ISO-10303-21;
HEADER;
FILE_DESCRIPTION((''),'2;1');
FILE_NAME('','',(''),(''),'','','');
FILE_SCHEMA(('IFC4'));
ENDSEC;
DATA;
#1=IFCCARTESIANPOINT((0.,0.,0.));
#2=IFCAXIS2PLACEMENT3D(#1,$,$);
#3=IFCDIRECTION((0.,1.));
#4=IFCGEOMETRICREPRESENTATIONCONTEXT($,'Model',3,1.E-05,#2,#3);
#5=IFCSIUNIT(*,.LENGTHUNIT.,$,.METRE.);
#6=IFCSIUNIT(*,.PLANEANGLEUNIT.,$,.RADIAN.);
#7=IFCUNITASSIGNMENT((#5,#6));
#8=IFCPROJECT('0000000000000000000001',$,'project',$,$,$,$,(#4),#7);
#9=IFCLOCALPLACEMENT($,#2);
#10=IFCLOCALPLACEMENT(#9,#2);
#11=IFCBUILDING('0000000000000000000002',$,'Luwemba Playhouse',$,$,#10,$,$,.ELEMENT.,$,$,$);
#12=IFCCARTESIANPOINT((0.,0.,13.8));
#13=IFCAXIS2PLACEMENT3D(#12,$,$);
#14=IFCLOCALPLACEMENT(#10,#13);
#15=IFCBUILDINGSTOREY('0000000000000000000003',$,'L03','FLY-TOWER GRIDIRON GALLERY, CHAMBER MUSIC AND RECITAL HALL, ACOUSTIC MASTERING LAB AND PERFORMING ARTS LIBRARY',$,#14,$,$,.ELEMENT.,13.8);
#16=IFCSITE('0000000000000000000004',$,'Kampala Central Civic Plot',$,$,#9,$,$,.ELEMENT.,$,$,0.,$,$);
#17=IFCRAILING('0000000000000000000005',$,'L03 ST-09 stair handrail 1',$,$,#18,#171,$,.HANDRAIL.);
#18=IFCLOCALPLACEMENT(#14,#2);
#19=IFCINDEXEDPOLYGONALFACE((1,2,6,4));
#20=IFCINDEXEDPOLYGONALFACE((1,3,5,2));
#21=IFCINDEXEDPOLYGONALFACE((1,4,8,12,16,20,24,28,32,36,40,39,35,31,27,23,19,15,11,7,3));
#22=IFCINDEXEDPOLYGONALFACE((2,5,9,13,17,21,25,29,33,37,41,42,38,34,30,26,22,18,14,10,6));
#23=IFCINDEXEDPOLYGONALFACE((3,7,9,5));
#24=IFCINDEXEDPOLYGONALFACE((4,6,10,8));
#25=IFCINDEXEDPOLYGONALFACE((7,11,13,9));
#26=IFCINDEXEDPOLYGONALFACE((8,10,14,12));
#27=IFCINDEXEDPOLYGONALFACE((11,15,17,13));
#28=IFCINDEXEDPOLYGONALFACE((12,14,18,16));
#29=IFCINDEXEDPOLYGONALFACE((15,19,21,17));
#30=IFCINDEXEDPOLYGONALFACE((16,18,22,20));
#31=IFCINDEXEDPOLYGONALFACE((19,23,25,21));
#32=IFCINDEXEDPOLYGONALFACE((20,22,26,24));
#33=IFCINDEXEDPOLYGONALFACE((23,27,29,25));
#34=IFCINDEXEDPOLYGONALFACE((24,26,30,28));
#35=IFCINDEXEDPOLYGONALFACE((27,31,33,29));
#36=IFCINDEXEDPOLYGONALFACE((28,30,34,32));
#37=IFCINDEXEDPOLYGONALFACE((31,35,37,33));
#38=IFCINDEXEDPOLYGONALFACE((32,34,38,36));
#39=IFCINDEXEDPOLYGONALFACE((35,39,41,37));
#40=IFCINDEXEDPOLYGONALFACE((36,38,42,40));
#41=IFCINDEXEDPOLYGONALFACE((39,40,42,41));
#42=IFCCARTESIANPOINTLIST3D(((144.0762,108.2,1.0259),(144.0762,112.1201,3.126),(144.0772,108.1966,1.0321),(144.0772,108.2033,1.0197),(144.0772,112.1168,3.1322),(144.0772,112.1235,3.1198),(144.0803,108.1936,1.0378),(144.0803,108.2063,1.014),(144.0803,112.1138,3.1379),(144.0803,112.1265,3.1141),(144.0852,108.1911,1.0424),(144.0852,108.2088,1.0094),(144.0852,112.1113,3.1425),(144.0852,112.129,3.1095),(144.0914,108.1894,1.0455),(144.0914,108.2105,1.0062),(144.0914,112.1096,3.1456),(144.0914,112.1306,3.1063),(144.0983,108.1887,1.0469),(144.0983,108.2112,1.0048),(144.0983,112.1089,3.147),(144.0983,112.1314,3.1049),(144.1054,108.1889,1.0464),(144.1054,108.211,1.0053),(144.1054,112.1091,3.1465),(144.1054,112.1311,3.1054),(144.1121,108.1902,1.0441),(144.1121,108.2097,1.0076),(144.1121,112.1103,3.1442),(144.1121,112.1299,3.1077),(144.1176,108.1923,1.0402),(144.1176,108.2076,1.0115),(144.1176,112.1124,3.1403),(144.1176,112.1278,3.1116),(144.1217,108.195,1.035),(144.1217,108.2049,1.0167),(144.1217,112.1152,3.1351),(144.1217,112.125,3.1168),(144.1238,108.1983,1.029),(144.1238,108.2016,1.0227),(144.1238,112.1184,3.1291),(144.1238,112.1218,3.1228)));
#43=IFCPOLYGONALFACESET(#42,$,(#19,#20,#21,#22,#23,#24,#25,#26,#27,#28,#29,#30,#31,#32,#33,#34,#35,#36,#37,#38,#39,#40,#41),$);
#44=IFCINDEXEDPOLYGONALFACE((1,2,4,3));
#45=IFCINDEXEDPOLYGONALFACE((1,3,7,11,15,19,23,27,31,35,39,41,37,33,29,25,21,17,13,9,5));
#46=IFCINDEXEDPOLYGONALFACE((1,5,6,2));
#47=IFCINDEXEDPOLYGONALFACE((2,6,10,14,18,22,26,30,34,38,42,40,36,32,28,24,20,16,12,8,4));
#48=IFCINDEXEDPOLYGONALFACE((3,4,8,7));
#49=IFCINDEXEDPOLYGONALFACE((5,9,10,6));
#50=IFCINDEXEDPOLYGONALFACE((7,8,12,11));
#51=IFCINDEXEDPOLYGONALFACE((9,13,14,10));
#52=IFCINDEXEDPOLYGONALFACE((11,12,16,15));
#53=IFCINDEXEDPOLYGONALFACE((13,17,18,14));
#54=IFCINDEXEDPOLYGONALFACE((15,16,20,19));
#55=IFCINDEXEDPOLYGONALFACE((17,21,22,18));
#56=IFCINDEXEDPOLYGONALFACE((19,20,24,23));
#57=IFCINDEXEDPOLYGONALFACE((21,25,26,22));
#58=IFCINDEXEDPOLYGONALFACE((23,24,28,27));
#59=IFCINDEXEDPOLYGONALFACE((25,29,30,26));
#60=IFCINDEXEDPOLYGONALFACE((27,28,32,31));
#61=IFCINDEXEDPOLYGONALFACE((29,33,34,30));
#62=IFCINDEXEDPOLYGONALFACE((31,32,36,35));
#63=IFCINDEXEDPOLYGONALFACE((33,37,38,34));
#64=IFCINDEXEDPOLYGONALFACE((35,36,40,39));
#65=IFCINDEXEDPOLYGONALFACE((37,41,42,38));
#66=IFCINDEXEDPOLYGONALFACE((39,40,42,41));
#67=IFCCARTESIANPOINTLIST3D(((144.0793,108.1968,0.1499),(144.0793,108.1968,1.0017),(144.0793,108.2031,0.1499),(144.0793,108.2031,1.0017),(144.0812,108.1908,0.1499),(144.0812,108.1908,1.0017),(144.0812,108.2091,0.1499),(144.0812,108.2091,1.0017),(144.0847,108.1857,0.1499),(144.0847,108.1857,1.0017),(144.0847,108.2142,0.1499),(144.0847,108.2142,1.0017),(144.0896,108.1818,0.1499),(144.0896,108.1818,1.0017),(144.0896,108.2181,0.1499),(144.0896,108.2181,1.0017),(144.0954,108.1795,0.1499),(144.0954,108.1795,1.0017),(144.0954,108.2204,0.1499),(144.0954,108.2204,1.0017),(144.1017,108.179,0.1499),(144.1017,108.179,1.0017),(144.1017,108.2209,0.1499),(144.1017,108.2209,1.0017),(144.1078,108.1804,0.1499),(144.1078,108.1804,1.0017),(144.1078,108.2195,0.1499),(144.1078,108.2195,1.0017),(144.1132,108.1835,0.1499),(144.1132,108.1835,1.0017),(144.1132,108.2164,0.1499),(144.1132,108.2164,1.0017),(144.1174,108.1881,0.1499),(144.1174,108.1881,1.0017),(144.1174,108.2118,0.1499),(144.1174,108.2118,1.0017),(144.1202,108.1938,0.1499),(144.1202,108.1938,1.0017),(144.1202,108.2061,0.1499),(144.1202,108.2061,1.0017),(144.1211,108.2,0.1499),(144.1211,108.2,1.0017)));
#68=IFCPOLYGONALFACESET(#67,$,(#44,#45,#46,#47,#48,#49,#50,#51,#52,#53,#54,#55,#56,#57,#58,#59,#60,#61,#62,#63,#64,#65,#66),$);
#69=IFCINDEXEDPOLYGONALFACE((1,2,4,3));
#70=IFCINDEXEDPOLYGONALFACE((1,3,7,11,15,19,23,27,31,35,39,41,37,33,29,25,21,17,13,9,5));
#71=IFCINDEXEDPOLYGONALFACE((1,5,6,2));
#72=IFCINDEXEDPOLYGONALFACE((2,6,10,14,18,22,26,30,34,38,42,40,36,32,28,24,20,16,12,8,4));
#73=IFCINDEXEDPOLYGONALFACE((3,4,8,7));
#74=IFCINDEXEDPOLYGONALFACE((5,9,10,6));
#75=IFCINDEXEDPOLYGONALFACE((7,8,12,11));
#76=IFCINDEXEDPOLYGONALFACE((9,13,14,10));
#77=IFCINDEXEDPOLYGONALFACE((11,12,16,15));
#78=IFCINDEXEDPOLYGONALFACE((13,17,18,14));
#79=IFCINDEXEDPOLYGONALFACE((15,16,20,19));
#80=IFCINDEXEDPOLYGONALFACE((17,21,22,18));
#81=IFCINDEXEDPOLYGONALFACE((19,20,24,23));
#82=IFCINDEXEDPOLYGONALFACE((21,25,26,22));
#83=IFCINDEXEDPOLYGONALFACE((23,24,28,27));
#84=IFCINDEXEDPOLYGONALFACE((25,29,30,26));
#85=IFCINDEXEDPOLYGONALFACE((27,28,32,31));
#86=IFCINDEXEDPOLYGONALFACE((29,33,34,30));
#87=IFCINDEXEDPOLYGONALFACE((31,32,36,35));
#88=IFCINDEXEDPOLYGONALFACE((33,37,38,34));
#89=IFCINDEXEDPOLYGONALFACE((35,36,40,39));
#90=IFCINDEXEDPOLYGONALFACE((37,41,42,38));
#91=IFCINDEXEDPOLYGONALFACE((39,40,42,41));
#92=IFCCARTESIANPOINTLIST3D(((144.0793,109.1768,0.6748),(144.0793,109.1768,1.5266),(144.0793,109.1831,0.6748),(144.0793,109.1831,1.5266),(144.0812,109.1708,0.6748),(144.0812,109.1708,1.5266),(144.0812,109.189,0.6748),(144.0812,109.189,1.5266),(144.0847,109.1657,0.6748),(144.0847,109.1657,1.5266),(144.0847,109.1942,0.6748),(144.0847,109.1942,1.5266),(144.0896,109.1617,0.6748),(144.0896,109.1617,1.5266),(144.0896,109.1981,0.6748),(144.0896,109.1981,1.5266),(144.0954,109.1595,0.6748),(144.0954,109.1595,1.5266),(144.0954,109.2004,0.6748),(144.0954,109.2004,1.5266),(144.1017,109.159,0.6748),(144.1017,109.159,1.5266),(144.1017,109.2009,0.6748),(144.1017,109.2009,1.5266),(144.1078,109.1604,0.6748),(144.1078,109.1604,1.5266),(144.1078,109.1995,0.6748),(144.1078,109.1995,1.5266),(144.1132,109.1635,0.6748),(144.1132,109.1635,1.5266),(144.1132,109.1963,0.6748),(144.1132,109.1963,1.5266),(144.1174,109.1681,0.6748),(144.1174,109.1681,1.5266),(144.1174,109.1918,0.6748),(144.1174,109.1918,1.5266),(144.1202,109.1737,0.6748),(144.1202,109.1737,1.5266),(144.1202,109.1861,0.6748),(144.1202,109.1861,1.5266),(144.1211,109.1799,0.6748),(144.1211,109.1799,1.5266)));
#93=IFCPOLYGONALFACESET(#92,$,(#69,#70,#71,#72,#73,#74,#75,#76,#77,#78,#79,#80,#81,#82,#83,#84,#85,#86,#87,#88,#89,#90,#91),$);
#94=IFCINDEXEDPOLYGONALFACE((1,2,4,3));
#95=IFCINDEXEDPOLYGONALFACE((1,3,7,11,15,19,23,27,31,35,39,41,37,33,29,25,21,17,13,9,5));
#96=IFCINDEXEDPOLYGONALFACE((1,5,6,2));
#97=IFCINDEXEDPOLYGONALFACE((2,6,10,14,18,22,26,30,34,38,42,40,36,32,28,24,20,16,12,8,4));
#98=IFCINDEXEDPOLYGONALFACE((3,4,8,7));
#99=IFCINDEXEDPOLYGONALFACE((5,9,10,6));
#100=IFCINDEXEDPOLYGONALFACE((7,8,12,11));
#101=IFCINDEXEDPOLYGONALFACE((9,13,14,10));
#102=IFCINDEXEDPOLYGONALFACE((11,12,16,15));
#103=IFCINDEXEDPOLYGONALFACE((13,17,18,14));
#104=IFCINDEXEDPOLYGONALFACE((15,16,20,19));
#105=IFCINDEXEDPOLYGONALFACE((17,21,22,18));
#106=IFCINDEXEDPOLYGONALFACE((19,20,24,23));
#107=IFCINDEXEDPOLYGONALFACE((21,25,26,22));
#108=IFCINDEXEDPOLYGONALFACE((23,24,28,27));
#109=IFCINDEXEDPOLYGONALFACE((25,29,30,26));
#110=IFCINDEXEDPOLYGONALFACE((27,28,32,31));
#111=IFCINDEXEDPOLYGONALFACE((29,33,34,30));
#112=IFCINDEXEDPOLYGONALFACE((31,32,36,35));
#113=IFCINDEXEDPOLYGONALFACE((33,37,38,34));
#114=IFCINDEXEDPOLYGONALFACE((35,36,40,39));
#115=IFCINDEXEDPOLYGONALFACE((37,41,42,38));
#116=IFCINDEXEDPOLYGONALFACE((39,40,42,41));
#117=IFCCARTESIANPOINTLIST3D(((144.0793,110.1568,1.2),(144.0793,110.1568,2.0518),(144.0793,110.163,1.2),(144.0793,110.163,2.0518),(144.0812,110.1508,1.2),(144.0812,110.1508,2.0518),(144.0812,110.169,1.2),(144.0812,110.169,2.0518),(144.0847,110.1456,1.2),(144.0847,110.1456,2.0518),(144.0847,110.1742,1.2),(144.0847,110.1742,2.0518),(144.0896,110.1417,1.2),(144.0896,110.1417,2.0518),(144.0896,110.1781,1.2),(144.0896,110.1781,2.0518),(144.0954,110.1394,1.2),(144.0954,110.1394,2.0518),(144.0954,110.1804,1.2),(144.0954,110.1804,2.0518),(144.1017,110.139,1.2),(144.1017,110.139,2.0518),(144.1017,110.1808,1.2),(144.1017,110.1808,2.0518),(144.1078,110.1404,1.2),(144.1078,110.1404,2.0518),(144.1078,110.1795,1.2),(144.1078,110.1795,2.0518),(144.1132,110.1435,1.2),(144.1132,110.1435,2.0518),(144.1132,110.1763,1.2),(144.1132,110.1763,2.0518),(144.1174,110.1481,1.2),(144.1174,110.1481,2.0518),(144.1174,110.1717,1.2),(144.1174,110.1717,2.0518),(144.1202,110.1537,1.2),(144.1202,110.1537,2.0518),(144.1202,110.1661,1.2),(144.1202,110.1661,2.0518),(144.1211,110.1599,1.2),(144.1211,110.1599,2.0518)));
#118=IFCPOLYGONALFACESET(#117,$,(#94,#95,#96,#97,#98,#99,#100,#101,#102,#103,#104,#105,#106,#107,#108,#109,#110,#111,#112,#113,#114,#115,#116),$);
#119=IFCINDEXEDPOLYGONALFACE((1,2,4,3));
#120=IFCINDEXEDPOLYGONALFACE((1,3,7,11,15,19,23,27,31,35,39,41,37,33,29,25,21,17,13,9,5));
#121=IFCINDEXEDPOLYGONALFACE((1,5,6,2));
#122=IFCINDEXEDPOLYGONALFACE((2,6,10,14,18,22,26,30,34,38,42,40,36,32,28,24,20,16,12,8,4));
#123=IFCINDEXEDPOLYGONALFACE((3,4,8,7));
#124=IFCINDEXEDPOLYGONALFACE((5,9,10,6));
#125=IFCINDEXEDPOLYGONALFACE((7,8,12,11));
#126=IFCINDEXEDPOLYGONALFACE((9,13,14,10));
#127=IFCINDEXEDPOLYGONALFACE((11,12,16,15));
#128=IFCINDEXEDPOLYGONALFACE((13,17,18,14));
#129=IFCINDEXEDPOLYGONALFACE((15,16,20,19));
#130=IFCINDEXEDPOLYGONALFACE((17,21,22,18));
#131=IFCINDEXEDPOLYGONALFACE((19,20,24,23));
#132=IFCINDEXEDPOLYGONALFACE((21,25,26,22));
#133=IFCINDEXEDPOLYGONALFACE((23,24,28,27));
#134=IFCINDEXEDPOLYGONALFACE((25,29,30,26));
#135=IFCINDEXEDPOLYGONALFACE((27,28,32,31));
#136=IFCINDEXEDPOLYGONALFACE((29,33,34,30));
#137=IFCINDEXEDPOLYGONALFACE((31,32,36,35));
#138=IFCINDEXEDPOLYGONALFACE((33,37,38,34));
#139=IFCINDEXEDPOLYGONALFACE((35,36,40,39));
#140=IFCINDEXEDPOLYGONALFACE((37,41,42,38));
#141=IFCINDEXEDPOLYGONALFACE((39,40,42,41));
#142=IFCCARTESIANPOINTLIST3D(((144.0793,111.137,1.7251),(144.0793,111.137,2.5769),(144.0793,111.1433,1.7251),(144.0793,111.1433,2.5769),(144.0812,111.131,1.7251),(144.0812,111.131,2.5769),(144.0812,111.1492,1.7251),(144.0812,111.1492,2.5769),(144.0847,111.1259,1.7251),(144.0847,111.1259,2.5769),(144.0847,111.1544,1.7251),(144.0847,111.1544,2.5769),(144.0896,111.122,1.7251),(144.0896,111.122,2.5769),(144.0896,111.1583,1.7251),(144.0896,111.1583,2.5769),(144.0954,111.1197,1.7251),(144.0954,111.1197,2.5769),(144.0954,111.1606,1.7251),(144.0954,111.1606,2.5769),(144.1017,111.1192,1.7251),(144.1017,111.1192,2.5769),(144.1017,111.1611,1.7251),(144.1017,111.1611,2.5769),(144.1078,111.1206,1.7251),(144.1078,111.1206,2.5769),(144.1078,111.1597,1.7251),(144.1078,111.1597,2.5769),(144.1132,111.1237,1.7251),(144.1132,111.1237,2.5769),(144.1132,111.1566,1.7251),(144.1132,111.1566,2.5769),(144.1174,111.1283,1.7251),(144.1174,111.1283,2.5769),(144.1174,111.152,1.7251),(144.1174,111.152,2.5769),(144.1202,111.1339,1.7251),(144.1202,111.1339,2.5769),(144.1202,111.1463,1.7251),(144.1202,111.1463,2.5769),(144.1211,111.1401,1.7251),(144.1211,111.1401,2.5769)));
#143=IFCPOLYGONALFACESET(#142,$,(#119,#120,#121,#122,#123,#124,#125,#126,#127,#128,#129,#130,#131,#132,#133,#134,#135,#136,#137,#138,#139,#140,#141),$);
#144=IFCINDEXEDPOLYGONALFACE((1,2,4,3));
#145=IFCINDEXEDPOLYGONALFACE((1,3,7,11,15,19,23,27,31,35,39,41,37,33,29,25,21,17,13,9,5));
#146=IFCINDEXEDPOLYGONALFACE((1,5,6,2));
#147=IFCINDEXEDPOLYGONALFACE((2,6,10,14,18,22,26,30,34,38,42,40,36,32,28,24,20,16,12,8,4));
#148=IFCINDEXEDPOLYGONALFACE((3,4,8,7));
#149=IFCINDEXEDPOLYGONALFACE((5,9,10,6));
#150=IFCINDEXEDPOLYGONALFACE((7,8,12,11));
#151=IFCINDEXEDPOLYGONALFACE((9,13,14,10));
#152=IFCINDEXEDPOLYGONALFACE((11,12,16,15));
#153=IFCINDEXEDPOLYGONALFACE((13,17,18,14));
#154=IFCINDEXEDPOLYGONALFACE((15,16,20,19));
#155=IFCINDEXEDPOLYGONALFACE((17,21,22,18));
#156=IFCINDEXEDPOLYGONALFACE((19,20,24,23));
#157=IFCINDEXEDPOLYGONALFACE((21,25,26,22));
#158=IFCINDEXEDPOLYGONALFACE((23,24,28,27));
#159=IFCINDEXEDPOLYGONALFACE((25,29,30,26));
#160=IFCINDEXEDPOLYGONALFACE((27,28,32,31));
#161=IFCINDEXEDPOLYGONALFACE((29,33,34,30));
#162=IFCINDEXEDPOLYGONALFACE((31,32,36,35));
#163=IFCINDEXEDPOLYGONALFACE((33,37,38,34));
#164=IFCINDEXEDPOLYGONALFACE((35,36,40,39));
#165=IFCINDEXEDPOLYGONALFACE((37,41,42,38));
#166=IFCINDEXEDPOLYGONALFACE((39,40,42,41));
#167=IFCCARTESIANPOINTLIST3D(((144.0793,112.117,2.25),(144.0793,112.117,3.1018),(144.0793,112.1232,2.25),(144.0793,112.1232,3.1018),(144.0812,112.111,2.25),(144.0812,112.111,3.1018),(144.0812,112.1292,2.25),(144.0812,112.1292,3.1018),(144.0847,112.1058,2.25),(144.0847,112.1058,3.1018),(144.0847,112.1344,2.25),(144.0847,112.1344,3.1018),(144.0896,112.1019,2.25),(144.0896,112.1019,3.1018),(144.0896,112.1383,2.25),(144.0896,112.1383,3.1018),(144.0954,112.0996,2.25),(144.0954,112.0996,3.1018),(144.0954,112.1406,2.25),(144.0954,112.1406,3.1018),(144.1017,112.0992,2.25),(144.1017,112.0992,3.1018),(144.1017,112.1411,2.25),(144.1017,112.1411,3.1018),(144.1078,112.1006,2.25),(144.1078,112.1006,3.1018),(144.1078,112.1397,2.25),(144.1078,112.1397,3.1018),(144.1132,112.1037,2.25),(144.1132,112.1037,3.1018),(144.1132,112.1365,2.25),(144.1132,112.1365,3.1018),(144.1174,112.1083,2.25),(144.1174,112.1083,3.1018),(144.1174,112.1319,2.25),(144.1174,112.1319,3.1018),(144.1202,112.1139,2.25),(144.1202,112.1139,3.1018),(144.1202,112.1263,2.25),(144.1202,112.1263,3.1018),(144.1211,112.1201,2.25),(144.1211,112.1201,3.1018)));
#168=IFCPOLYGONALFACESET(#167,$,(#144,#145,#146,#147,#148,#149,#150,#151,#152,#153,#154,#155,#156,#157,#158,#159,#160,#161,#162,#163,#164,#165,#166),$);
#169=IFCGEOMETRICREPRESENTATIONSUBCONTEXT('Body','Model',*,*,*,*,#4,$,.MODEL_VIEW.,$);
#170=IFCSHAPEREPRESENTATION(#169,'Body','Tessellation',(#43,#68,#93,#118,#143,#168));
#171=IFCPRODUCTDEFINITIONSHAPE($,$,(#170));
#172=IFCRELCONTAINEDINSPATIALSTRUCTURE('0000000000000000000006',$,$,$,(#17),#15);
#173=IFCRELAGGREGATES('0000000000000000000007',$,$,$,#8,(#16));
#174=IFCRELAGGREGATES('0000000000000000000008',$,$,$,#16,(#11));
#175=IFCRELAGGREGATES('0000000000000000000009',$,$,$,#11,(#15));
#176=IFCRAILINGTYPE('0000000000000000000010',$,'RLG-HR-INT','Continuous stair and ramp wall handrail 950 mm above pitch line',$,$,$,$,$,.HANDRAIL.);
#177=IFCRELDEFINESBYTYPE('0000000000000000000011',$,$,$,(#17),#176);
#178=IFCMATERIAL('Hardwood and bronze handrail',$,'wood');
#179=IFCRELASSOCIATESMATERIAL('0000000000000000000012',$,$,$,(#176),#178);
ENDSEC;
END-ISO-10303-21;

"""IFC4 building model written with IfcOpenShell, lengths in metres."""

from ifc_helpers import new_model, si_unit, direction, frame, origin, origin_2d, place, context, subcontext, project, spatial, circle, extrude, material, type_object, element, save


model = new_model("IFC4")

# Units and contexts
model_context = context("Model", 3, precision=1e-05, world=origin(), true_north=direction((0.0, 1.0)))
body_context = subcontext(model_context, "Body", "Model", "MODEL_VIEW")
ifc_project = project(units=[si_unit("LENGTHUNIT", "METRE"), si_unit("PLANEANGLEUNIT", "RADIAN")], contexts=[model_context])

# Site, building, storey
site_placement = place(None, origin())
site = spatial("IfcSite", under=ifc_project, at=site_placement, Name="Kampala Central Civic Plot", CompositionType="ELEMENT", RefElevation=0.0)
building_placement = place(site_placement, origin())
building = spatial("IfcBuilding", under=site, at=building_placement, Name="Luwemba Playhouse", CompositionType="ELEMENT")
storey_placement = place(building_placement, frame((0.0, 0.0, 13.8)))
storey = spatial("IfcBuildingStorey", under=building, at=storey_placement, Name="L03", Description="FLY-TOWER GRIDIRON GALLERY, CHAMBER MUSIC AND RECITAL HALL, ACOUSTIC MASTERING LAB AND PERFORMING ARTS LIBRARY", CompositionType="ELEMENT", Elevation=13.8)

# Railing
ifc_material_1 = material(Name="Hardwood and bronze handrail", Category="wood")
railing_type_1 = type_object("IfcRailingType", Name="RLG-HR-INT", Description="Continuous stair and ramp wall handrail 950 mm above pitch line", PredefinedType="HANDRAIL", material=ifc_material_1)
railing_1_placement = place(storey_placement, frame((144.1001, 108.2, 0.1499)))
element("IfcRailing", 1, at=railing_1_placement, inside=storey, type_object=railing_type_1, Name="L03 ST-09 stair handrail 1", PredefinedType="HANDRAIL", context=body_context, shape_type="SweptSolid", body=[
    extrude(circle(Radius=0.0239, at=origin_2d()), frame((0.0, 0.0, 0.876), z_axis=(0.0, 0.881479, 0.472223), x_axis=(-1.0, 0.0, 0.0)), (0.0, 0.0, 1.0), 4.4473),
    extrude(circle(Radius=0.021, at=origin_2d()), origin(), (0.0, 0.0, 1.0), 0.8518),
    extrude(circle(Radius=0.021, at=origin_2d()), frame((0.0, 0.98, 0.5249)), (0.0, 0.0, 1.0), 0.8518),
    extrude(circle(Radius=0.021, at=origin_2d()), frame((0.0, 1.96, 1.05)), (0.0, 0.0, 1.0), 0.8518),
    extrude(circle(Radius=0.021, at=origin_2d()), frame((0.0, 2.9402, 1.5752)), (0.0, 0.0, 1.0), 0.8518),
    extrude(circle(Radius=0.021, at=origin_2d()), frame((0.0, 3.9202, 2.1001)), (0.0, 0.0, 1.0), 0.8518),
])

save(model, "model.ifc")
